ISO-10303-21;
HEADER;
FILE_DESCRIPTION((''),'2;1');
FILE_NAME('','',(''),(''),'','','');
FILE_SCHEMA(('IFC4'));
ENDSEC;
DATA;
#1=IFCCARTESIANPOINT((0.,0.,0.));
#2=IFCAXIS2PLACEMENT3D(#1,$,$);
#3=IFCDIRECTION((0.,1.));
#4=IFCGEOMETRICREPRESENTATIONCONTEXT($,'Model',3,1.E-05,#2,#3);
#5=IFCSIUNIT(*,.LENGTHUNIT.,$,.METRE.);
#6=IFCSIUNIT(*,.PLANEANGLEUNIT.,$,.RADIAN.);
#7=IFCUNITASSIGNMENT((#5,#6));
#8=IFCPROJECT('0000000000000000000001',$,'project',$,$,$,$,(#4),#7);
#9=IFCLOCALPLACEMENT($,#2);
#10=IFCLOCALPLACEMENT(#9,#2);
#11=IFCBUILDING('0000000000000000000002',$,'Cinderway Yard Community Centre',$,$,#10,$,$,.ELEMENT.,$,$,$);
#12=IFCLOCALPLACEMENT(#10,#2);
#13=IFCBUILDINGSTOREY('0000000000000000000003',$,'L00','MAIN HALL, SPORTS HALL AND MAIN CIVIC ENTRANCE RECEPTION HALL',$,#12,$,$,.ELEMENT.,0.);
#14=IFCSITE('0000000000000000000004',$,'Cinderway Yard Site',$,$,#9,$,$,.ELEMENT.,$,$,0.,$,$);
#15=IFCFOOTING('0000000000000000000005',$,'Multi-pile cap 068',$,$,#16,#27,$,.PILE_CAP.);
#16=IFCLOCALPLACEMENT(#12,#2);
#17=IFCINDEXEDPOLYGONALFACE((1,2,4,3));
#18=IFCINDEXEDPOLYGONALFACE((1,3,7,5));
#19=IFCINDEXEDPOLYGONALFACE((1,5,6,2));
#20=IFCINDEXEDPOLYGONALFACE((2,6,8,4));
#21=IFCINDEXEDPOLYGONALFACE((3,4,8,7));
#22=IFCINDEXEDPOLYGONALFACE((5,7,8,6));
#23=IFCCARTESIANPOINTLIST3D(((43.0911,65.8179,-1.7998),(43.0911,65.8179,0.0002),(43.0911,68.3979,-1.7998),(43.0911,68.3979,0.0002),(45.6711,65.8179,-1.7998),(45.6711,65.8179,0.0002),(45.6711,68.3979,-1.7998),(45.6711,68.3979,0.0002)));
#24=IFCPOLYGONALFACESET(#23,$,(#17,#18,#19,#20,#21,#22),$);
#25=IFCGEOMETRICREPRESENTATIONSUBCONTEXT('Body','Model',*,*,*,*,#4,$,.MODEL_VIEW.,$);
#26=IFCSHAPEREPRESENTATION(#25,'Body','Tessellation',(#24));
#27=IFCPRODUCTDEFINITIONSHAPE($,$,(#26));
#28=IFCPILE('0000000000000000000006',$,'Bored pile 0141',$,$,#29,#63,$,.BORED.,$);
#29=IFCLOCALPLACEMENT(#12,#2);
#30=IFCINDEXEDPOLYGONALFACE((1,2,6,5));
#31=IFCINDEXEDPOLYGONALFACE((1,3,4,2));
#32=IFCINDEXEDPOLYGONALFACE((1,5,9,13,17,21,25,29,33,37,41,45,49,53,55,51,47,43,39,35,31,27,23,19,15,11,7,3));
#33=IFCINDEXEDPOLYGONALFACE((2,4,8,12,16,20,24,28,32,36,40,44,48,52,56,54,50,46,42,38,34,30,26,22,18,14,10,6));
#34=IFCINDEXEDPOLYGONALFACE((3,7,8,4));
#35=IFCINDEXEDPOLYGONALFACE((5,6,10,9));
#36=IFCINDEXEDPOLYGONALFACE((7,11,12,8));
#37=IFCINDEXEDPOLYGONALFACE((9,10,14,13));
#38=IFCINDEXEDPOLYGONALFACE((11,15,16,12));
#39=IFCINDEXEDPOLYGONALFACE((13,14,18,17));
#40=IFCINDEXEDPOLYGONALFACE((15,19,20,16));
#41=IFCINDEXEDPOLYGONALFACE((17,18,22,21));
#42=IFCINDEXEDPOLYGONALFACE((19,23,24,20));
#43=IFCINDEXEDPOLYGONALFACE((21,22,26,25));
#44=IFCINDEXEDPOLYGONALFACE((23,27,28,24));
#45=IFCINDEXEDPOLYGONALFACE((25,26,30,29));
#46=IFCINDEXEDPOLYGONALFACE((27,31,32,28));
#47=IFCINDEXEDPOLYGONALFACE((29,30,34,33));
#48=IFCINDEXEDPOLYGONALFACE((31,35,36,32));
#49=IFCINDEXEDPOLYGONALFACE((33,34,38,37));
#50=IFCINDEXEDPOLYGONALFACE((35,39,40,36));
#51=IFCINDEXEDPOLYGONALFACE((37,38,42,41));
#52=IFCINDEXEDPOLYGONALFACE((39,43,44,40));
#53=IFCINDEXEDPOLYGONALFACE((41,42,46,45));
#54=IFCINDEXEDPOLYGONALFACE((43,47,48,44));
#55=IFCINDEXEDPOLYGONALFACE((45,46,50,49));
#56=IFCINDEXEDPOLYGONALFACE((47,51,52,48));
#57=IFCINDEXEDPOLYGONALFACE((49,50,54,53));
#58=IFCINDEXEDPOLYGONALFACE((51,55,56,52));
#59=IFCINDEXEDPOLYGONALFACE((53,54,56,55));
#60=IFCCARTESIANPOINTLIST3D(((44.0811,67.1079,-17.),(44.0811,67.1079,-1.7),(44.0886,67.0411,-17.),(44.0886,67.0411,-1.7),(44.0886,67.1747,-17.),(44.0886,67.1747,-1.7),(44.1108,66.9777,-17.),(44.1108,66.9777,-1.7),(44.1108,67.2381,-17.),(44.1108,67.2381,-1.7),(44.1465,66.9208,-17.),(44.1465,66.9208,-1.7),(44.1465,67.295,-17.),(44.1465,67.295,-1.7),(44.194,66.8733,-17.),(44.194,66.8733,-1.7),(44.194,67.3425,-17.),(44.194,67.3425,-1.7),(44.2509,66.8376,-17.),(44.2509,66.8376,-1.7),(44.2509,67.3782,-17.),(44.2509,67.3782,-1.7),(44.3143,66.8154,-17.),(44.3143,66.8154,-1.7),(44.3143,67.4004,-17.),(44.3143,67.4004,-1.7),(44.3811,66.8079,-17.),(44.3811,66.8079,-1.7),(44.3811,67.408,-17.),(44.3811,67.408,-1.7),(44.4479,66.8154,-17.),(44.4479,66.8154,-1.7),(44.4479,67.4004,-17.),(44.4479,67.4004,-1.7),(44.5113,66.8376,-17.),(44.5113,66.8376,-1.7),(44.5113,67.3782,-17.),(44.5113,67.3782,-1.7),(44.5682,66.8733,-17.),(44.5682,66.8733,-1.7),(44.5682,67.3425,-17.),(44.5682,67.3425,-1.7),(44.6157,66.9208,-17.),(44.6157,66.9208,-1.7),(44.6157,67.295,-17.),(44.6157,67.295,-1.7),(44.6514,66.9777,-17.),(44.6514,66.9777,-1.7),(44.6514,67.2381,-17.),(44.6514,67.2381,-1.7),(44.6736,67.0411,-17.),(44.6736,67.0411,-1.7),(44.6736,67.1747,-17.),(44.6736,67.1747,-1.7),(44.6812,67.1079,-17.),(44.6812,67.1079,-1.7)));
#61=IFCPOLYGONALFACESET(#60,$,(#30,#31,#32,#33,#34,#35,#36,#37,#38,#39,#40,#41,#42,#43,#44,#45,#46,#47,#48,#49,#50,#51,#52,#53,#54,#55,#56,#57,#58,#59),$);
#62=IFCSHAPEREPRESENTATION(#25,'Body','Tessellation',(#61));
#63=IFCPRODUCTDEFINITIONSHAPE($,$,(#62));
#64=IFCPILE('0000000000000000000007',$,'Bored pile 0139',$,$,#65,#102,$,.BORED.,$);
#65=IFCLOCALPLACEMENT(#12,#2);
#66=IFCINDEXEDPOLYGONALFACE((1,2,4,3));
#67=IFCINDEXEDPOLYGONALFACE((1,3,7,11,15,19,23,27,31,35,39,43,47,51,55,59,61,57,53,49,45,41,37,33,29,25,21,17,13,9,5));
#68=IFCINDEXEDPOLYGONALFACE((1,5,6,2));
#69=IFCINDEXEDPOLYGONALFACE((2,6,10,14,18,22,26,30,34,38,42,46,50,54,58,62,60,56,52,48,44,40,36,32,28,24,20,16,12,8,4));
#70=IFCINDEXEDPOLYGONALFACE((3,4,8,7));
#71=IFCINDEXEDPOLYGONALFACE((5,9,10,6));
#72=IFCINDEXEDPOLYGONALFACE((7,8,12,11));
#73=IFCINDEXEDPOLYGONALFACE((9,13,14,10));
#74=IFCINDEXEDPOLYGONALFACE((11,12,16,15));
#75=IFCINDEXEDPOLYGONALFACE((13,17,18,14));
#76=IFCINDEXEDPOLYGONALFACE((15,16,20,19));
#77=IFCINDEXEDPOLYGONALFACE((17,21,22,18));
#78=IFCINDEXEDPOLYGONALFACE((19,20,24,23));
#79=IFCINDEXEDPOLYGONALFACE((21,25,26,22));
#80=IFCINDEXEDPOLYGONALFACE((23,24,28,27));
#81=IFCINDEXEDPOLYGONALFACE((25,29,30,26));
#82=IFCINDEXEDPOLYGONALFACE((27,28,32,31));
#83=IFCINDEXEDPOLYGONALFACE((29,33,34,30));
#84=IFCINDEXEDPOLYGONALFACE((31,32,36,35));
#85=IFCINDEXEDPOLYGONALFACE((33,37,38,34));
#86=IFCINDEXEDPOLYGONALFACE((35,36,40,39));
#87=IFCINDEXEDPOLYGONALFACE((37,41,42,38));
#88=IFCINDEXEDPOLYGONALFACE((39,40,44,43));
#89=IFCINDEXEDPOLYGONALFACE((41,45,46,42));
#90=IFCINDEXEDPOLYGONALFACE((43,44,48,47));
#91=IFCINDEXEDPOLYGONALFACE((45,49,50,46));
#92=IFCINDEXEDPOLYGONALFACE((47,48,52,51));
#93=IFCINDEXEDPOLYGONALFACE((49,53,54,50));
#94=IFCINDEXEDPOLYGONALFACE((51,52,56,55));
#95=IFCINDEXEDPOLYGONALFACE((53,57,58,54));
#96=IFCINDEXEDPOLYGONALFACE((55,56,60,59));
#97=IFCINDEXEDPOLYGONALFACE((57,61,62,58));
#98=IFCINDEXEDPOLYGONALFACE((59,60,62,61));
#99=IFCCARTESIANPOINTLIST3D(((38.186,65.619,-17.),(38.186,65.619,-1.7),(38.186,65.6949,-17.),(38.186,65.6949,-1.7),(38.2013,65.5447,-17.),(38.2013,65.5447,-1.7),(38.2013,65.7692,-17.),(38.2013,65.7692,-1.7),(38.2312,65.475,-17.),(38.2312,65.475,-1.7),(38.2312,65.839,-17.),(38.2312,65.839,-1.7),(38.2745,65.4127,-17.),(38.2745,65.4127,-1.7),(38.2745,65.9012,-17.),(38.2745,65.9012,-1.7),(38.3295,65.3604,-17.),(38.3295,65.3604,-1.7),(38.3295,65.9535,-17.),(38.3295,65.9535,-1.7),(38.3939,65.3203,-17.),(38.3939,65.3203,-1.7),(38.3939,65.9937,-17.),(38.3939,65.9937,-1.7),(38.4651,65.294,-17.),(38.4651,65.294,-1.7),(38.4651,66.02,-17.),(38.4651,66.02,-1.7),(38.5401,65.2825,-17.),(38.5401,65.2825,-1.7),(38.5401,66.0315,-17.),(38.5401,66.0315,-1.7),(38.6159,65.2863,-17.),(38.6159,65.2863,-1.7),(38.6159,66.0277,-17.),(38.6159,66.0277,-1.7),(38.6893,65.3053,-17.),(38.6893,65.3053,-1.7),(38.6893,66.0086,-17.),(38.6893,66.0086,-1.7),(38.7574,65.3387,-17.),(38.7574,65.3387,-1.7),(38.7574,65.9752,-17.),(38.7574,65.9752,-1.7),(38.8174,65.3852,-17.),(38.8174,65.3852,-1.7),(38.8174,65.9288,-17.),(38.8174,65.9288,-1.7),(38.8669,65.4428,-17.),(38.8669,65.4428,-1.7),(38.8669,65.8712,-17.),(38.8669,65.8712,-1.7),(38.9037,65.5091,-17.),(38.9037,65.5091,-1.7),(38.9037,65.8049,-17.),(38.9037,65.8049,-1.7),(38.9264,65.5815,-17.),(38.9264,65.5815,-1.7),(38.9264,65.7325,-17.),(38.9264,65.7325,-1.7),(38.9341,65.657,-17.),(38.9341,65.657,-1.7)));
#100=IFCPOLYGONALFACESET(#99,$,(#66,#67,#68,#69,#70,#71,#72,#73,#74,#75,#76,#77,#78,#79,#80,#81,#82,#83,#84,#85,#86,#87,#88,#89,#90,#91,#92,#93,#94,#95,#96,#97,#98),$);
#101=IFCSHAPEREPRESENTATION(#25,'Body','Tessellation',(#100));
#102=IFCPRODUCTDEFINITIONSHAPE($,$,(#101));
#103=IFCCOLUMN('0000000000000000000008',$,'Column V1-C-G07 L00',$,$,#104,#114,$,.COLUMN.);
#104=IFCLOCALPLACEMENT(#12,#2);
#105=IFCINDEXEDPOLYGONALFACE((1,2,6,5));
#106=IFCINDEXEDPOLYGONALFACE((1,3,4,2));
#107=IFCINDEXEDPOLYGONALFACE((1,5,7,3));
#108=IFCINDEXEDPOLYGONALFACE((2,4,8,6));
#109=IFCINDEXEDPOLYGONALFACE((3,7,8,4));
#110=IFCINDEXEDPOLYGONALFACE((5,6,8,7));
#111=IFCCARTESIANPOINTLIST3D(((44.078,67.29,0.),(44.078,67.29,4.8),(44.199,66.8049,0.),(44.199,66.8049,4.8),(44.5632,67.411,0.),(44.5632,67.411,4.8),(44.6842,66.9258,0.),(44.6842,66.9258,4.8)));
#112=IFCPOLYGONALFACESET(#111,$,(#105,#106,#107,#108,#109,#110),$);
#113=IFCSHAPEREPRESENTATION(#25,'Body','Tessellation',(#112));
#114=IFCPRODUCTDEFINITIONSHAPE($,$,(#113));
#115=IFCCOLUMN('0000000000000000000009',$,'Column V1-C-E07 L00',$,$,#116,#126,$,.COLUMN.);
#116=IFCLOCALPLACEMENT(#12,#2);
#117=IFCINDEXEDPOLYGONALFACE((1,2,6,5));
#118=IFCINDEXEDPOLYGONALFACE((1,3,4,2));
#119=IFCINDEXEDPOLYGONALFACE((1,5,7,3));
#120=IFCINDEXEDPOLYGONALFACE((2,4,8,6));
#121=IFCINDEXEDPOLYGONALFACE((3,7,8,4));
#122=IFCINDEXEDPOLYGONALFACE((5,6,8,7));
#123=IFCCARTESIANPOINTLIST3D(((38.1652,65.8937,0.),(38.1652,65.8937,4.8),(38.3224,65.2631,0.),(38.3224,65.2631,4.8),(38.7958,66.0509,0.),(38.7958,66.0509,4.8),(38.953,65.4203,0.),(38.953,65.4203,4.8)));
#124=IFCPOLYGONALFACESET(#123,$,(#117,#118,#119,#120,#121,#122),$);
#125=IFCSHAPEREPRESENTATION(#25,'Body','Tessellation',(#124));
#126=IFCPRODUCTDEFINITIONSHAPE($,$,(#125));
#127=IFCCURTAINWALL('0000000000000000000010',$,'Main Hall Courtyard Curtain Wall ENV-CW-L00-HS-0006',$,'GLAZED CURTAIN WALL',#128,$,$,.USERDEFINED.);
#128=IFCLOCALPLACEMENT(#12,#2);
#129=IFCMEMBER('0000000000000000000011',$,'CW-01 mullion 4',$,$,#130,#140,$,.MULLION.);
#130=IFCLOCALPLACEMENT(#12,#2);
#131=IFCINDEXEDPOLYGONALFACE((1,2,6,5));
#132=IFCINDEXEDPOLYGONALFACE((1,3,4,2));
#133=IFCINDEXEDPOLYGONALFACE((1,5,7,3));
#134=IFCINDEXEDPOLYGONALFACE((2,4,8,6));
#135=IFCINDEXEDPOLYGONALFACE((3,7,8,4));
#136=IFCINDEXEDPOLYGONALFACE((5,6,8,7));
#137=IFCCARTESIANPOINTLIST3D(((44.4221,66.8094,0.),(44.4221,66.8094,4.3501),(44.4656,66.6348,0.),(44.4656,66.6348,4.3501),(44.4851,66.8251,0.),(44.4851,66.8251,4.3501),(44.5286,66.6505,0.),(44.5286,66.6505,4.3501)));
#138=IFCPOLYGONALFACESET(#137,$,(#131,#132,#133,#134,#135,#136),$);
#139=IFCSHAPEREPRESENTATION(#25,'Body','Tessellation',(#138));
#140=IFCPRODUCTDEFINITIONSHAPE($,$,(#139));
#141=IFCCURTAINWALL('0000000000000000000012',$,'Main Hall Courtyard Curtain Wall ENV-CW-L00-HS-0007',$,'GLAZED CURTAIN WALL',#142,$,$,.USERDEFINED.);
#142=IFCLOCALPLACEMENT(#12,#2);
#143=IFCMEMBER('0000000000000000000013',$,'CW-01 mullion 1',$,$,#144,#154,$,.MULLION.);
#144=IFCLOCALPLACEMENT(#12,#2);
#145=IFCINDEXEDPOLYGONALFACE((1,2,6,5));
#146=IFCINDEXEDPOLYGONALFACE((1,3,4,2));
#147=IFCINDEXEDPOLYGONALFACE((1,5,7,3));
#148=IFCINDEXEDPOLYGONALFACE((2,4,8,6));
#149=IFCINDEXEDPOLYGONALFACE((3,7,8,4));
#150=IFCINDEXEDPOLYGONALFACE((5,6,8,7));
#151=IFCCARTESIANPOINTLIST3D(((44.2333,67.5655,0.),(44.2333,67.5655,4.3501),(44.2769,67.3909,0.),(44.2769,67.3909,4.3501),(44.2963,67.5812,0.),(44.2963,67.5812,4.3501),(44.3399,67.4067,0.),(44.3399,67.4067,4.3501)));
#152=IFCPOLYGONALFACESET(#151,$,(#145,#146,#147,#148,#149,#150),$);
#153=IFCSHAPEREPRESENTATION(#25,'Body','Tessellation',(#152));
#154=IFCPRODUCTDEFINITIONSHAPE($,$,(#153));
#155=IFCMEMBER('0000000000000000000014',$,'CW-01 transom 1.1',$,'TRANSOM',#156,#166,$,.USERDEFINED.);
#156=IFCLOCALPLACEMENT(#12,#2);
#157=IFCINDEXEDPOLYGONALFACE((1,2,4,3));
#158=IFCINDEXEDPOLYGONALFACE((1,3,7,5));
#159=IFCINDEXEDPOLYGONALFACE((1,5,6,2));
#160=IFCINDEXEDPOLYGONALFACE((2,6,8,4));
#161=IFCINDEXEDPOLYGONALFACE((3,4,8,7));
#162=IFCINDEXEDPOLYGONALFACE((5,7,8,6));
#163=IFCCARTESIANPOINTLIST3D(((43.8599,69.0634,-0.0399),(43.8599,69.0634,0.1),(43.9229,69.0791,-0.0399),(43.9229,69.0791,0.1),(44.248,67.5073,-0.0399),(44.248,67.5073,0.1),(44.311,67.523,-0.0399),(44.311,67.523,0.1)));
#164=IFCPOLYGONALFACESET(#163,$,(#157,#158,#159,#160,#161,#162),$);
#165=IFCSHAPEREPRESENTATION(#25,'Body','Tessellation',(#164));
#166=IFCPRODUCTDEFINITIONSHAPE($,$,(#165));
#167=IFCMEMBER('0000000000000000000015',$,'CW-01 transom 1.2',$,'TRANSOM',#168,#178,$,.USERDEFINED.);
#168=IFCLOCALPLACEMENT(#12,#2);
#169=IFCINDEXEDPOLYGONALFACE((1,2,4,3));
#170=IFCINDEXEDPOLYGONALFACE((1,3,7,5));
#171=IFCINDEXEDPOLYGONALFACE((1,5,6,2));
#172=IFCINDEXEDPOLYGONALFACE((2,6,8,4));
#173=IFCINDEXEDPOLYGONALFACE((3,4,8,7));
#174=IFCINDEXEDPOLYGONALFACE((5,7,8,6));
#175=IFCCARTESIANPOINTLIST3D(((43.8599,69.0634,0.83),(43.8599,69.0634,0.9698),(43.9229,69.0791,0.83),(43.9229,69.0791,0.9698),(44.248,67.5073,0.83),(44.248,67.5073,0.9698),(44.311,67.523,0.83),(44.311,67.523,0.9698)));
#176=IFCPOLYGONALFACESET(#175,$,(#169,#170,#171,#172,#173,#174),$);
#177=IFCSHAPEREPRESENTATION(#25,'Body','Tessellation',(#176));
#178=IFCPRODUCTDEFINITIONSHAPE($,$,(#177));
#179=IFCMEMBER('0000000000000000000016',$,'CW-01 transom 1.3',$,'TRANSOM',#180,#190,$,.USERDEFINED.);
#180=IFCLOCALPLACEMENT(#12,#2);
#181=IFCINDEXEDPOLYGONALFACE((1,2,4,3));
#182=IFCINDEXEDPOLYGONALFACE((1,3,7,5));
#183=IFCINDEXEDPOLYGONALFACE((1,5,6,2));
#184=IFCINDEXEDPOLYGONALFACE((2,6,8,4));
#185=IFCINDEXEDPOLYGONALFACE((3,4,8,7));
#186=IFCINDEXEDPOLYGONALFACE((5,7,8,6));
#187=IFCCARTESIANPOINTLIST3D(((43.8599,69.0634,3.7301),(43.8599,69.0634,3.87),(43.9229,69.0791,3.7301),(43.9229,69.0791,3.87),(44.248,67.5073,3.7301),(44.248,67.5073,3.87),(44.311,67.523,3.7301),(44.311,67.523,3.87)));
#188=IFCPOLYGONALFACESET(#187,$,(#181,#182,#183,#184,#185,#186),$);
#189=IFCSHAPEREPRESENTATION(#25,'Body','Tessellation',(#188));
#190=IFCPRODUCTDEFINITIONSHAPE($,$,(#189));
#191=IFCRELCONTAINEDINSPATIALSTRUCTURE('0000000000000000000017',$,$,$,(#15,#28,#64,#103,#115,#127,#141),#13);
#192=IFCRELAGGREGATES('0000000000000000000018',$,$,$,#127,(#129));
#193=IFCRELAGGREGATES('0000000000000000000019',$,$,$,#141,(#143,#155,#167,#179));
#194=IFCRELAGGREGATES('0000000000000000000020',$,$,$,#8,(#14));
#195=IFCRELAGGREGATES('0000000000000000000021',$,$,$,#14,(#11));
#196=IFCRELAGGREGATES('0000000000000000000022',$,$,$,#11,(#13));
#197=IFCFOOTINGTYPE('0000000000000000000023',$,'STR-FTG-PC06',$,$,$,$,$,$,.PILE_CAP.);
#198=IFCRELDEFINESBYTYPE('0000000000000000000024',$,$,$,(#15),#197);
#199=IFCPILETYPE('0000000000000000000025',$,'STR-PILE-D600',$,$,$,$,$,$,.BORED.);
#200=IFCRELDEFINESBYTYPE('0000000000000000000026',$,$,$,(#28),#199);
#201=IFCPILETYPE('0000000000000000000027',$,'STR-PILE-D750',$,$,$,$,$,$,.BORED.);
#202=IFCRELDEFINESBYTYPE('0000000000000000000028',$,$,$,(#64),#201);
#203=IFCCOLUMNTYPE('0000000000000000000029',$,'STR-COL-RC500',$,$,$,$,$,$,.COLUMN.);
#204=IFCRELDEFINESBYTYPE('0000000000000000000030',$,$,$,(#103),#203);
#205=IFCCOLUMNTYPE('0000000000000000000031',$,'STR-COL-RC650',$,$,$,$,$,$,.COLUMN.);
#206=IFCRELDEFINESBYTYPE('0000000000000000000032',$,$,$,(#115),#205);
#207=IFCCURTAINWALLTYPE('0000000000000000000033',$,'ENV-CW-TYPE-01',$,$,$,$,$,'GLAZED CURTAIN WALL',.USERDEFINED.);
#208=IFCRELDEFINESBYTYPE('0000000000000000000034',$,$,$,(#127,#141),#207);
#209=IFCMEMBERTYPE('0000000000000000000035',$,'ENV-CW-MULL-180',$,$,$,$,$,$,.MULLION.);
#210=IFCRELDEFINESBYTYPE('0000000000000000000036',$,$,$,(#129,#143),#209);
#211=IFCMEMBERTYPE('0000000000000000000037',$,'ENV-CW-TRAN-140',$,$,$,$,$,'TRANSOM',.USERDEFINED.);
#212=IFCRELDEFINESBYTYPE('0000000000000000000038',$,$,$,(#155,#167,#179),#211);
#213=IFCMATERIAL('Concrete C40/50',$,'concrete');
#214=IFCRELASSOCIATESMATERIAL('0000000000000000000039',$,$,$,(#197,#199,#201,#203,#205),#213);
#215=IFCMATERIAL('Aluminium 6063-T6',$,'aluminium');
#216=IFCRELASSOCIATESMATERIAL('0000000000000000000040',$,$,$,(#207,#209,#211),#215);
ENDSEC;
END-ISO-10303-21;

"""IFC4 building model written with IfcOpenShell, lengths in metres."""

from ifc_helpers import new_model, si_unit, direction, frame, origin, origin_2d, place, context, subcontext, project, spatial, rectangle, circle, extrude, material, material_profile, profile_set, type_object, element, aggregate, save


model = new_model("IFC4")

# Units and contexts
model_context = context("Model", 3, precision=1e-05, world=origin(), true_north=direction((0.0, 1.0)))
body_context = subcontext(model_context, "Body", "Model", "MODEL_VIEW")
ifc_project = project(units=[si_unit("LENGTHUNIT", "METRE"), si_unit("PLANEANGLEUNIT", "RADIAN")], contexts=[model_context])

# Site, building, storey
site_placement = place(None, origin())
site = spatial("IfcSite", under=ifc_project, at=site_placement, Name="Cinderway Yard Site", CompositionType="ELEMENT", RefElevation=0.0)
building_placement = place(site_placement, origin())
building = spatial("IfcBuilding", under=site, at=building_placement, Name="Cinderway Yard Community Centre", CompositionType="ELEMENT")
storey_placement = place(building_placement, origin())
storey = spatial("IfcBuildingStorey", under=building, at=storey_placement, Name="L00", Description="MAIN HALL, SPORTS HALL AND MAIN CIVIC ENTRANCE RECEPTION HALL", CompositionType="ELEMENT", Elevation=0.0)

# Footing
ifc_material_1 = material(Name="Concrete C40/50", Category="concrete")
footing_type = type_object("IfcFootingType", Name="STR-FTG-PC06", PredefinedType="PILE_CAP", material=ifc_material_1)
footing_placement = place(storey_placement, frame((44.3811, 67.1079, -1.7998), z_axis=(0.0, 0.0, 1.0), x_axis=(1.0, 0.0, 0.0)))
element("IfcFooting", 1, at=footing_placement, inside=storey, type_object=footing_type, Name="Multi-pile cap 068", PredefinedType="PILE_CAP", context=body_context, shape_type="SweptSolid", body=[
    extrude(rectangle(XDim=2.5801, YDim=2.5801, at=origin_2d()), origin(), (0.0, 0.0, 1.0), 1.8),
])

# Piles
ifc_material_profile_1 = material_profile(ifc_material_1, circle(Radius=0.3, at=origin_2d()), Name="Concrete C40/50")
ifc_profile_set_1 = profile_set([ifc_material_profile_1], Name="Concrete C40/50")
pile_type_1 = type_object("IfcPileType", Name="STR-PILE-D600", PredefinedType="BORED", material=ifc_profile_set_1)
pile_1_placement = place(storey_placement, frame((44.3811, 67.1079, -1.7), z_axis=(0.0, 0.0, -1.0), x_axis=(1.0, 0.0, 0.0)))
element("IfcPile", 2, at=pile_1_placement, inside=storey, type_object=pile_type_1, Name="Bored pile 0141", PredefinedType="BORED", context=body_context, shape_type="SweptSolid", body=[
    extrude(circle(Radius=0.3, at=origin_2d()), origin(), (0.0, 0.0, 1.0), 15.3),
])
ifc_material_profile_2 = material_profile(ifc_material_1, circle(Radius=0.375, at=origin_2d()), Name="Concrete C40/50")
ifc_profile_set_2 = profile_set([ifc_material_profile_2], Name="Concrete C40/50")
pile_type_2 = type_object("IfcPileType", Name="STR-PILE-D750", PredefinedType="BORED", material=ifc_profile_set_2)
pile_2_placement = place(storey_placement, frame((38.5591, 65.657, -1.7), z_axis=(0.0, 0.0, -1.0), x_axis=(1.0, 0.0, 0.0)))
element("IfcPile", 3, at=pile_2_placement, inside=storey, type_object=pile_type_2, Name="Bored pile 0139", PredefinedType="BORED", context=body_context, shape_type="SweptSolid", body=[
    extrude(circle(Radius=0.375, at=origin_2d()), origin(), (0.0, 0.0, 1.0), 15.3),
])

# Columns
ifc_material_profile_3 = material_profile(ifc_material_1, rectangle(XDim=0.5, YDim=0.5, at=origin_2d()), Name="Concrete C40/50")
ifc_profile_set_3 = profile_set([ifc_material_profile_3], Name="Concrete C40/50")
column_type_1 = type_object("IfcColumnType", Name="STR-COL-RC500", PredefinedType="COLUMN", material=ifc_profile_set_3)
column_1_placement = place(storey_placement, frame((44.3811, 67.1079, 0.0), z_axis=(0.0, 0.0, 1.0), x_axis=(0.970296, 0.241922, 0.0)))
element("IfcColumn", 4, at=column_1_placement, inside=storey, type_object=column_type_1, Name="Column V1-C-G07 L00", PredefinedType="COLUMN", context=body_context, shape_type="SweptSolid", body=[
    extrude(rectangle(XDim=0.5, YDim=0.5, at=origin_2d()), origin(), (0.0, 0.0, 1.0), 4.8),
])
ifc_material_profile_4 = material_profile(ifc_material_1, rectangle(XDim=0.6499, YDim=0.6499, at=origin_2d()), Name="Concrete C40/50")
ifc_profile_set_4 = profile_set([ifc_material_profile_4], Name="Concrete C40/50")
column_type_2 = type_object("IfcColumnType", Name="STR-COL-RC650", PredefinedType="COLUMN", material=ifc_profile_set_4)
column_2_placement = place(storey_placement, frame((38.5591, 65.657, 0.0), z_axis=(0.0, 0.0, 1.0), x_axis=(0.970296, 0.241922, 0.0)))
element("IfcColumn", 5, at=column_2_placement, inside=storey, type_object=column_type_2, Name="Column V1-C-E07 L00", PredefinedType="COLUMN", context=body_context, shape_type="SweptSolid", body=[
    extrude(rectangle(XDim=0.6499, YDim=0.6499, at=origin_2d()), origin(), (0.0, 0.0, 1.0), 4.8),
])

# Curtain wall, member
ifc_material_2 = material(Name="Aluminium 6063-T6", Category="aluminium")
curtain_wall_type = type_object("IfcCurtainWallType", Name="ENV-CW-TYPE-01", ElementType="GLAZED CURTAIN WALL", PredefinedType="USERDEFINED", material=ifc_material_2)
curtain_wall_1_placement = place(storey_placement, origin())
curtain_wall_1 = element("IfcCurtainWall", 6, at=curtain_wall_1_placement, inside=storey, type_object=curtain_wall_type, Name="Main Hall Courtyard Curtain Wall ENV-CW-L00-HS-0006", ObjectType="GLAZED CURTAIN WALL", PredefinedType="USERDEFINED")
ifc_material_profile_5 = material_profile(ifc_material_2, rectangle(XDim=0.0649, YDim=0.1799, at=origin_2d()), Name="Aluminium 6063-T6")
ifc_profile_set_5 = profile_set([ifc_material_profile_5], Name="Aluminium 6063-T6")
member_type_1 = type_object("IfcMemberType", Name="ENV-CW-MULL-180", PredefinedType="MULLION", material=ifc_profile_set_5)
member_1_placement = place(storey_placement, frame((44.4753, 66.73, 0.0), z_axis=(0.0, 0.0, 1.0), x_axis=(-0.970293, -0.241933, 0.0)))
member_1 = element("IfcMember", 7, at=member_1_placement, type_object=member_type_1, Name="CW-01 mullion 4", PredefinedType="MULLION", context=body_context, shape_type="SweptSolid", body=[
    extrude(rectangle(XDim=0.0649, YDim=0.1799, at=origin_2d()), origin(), (0.0, 0.0, 1.0), 4.3501),
])

# Curtain wall, members
curtain_wall_2_placement = place(storey_placement, origin())
curtain_wall_2 = element("IfcCurtainWall", 8, at=curtain_wall_2_placement, inside=storey, type_object=curtain_wall_type, Name="Main Hall Courtyard Curtain Wall ENV-CW-L00-HS-0007", ObjectType="GLAZED CURTAIN WALL", PredefinedType="USERDEFINED")
member_2_placement = place(storey_placement, frame((44.2866, 67.4861, 0.0), z_axis=(0.0, 0.0, 1.0), x_axis=(-0.970258, -0.242073, 0.0)))
member_2 = element("IfcMember", 9, at=member_2_placement, type_object=member_type_1, Name="CW-01 mullion 1", PredefinedType="MULLION", context=body_context, shape_type="SweptSolid", body=[
    extrude(rectangle(XDim=0.0649, YDim=0.1799, at=origin_2d()), origin(), (0.0, 0.0, 1.0), 4.3501),
])
ifc_material_profile_6 = material_profile(ifc_material_2, rectangle(XDim=0.0649, YDim=0.1399, at=origin_2d()), Name="Aluminium 6063-T6")
ifc_profile_set_6 = profile_set([ifc_material_profile_6], Name="Aluminium 6063-T6")
member_type_2 = type_object("IfcMemberType", Name="ENV-CW-TRAN-140", ElementType="TRANSOM", PredefinedType="USERDEFINED", material=ifc_profile_set_6)
member_3_placement = place(storey_placement, frame((44.2795, 67.5151, 0.03), z_axis=(-0.242034, 0.970268, 0.0), x_axis=(-0.970268, -0.242034, 0.0)))
member_3 = element("IfcMember", 10, at=member_3_placement, type_object=member_type_2, Name="CW-01 transom 1.1", ObjectType="TRANSOM", PredefinedType="USERDEFINED", context=body_context, shape_type="SweptSolid", body=[
    extrude(rectangle(XDim=0.0649, YDim=0.1399, at=origin_2d()), origin(), (0.0, 0.0, 1.0), 1.6038),
])
member_4_placement = place(storey_placement, frame((44.2795, 67.5151, 0.8999), z_axis=(-0.242034, 0.970268, 0.0), x_axis=(-0.970268, -0.242034, 0.0)))
member_4 = element("IfcMember", 11, at=member_4_placement, type_object=member_type_2, Name="CW-01 transom 1.2", ObjectType="TRANSOM", PredefinedType="USERDEFINED", context=body_context, shape_type="SweptSolid", body=[
    extrude(rectangle(XDim=0.0649, YDim=0.1399, at=origin_2d()), origin(), (0.0, 0.0, 1.0), 1.6038),
])
member_5_placement = place(storey_placement, frame((44.2795, 67.5151, 3.8), z_axis=(-0.242034, 0.970268, 0.0), x_axis=(-0.970268, -0.242034, 0.0)))
member_5 = element("IfcMember", 12, at=member_5_placement, type_object=member_type_2, Name="CW-01 transom 1.3", ObjectType="TRANSOM", PredefinedType="USERDEFINED", context=body_context, shape_type="SweptSolid", body=[
    extrude(rectangle(XDim=0.0649, YDim=0.1399, at=origin_2d()), origin(), (0.0, 0.0, 1.0), 1.6038),
])

aggregate(curtain_wall_1, [member_1])
aggregate(curtain_wall_2, [member_2, member_3, member_4, member_5])

save(model, "model.ifc")
